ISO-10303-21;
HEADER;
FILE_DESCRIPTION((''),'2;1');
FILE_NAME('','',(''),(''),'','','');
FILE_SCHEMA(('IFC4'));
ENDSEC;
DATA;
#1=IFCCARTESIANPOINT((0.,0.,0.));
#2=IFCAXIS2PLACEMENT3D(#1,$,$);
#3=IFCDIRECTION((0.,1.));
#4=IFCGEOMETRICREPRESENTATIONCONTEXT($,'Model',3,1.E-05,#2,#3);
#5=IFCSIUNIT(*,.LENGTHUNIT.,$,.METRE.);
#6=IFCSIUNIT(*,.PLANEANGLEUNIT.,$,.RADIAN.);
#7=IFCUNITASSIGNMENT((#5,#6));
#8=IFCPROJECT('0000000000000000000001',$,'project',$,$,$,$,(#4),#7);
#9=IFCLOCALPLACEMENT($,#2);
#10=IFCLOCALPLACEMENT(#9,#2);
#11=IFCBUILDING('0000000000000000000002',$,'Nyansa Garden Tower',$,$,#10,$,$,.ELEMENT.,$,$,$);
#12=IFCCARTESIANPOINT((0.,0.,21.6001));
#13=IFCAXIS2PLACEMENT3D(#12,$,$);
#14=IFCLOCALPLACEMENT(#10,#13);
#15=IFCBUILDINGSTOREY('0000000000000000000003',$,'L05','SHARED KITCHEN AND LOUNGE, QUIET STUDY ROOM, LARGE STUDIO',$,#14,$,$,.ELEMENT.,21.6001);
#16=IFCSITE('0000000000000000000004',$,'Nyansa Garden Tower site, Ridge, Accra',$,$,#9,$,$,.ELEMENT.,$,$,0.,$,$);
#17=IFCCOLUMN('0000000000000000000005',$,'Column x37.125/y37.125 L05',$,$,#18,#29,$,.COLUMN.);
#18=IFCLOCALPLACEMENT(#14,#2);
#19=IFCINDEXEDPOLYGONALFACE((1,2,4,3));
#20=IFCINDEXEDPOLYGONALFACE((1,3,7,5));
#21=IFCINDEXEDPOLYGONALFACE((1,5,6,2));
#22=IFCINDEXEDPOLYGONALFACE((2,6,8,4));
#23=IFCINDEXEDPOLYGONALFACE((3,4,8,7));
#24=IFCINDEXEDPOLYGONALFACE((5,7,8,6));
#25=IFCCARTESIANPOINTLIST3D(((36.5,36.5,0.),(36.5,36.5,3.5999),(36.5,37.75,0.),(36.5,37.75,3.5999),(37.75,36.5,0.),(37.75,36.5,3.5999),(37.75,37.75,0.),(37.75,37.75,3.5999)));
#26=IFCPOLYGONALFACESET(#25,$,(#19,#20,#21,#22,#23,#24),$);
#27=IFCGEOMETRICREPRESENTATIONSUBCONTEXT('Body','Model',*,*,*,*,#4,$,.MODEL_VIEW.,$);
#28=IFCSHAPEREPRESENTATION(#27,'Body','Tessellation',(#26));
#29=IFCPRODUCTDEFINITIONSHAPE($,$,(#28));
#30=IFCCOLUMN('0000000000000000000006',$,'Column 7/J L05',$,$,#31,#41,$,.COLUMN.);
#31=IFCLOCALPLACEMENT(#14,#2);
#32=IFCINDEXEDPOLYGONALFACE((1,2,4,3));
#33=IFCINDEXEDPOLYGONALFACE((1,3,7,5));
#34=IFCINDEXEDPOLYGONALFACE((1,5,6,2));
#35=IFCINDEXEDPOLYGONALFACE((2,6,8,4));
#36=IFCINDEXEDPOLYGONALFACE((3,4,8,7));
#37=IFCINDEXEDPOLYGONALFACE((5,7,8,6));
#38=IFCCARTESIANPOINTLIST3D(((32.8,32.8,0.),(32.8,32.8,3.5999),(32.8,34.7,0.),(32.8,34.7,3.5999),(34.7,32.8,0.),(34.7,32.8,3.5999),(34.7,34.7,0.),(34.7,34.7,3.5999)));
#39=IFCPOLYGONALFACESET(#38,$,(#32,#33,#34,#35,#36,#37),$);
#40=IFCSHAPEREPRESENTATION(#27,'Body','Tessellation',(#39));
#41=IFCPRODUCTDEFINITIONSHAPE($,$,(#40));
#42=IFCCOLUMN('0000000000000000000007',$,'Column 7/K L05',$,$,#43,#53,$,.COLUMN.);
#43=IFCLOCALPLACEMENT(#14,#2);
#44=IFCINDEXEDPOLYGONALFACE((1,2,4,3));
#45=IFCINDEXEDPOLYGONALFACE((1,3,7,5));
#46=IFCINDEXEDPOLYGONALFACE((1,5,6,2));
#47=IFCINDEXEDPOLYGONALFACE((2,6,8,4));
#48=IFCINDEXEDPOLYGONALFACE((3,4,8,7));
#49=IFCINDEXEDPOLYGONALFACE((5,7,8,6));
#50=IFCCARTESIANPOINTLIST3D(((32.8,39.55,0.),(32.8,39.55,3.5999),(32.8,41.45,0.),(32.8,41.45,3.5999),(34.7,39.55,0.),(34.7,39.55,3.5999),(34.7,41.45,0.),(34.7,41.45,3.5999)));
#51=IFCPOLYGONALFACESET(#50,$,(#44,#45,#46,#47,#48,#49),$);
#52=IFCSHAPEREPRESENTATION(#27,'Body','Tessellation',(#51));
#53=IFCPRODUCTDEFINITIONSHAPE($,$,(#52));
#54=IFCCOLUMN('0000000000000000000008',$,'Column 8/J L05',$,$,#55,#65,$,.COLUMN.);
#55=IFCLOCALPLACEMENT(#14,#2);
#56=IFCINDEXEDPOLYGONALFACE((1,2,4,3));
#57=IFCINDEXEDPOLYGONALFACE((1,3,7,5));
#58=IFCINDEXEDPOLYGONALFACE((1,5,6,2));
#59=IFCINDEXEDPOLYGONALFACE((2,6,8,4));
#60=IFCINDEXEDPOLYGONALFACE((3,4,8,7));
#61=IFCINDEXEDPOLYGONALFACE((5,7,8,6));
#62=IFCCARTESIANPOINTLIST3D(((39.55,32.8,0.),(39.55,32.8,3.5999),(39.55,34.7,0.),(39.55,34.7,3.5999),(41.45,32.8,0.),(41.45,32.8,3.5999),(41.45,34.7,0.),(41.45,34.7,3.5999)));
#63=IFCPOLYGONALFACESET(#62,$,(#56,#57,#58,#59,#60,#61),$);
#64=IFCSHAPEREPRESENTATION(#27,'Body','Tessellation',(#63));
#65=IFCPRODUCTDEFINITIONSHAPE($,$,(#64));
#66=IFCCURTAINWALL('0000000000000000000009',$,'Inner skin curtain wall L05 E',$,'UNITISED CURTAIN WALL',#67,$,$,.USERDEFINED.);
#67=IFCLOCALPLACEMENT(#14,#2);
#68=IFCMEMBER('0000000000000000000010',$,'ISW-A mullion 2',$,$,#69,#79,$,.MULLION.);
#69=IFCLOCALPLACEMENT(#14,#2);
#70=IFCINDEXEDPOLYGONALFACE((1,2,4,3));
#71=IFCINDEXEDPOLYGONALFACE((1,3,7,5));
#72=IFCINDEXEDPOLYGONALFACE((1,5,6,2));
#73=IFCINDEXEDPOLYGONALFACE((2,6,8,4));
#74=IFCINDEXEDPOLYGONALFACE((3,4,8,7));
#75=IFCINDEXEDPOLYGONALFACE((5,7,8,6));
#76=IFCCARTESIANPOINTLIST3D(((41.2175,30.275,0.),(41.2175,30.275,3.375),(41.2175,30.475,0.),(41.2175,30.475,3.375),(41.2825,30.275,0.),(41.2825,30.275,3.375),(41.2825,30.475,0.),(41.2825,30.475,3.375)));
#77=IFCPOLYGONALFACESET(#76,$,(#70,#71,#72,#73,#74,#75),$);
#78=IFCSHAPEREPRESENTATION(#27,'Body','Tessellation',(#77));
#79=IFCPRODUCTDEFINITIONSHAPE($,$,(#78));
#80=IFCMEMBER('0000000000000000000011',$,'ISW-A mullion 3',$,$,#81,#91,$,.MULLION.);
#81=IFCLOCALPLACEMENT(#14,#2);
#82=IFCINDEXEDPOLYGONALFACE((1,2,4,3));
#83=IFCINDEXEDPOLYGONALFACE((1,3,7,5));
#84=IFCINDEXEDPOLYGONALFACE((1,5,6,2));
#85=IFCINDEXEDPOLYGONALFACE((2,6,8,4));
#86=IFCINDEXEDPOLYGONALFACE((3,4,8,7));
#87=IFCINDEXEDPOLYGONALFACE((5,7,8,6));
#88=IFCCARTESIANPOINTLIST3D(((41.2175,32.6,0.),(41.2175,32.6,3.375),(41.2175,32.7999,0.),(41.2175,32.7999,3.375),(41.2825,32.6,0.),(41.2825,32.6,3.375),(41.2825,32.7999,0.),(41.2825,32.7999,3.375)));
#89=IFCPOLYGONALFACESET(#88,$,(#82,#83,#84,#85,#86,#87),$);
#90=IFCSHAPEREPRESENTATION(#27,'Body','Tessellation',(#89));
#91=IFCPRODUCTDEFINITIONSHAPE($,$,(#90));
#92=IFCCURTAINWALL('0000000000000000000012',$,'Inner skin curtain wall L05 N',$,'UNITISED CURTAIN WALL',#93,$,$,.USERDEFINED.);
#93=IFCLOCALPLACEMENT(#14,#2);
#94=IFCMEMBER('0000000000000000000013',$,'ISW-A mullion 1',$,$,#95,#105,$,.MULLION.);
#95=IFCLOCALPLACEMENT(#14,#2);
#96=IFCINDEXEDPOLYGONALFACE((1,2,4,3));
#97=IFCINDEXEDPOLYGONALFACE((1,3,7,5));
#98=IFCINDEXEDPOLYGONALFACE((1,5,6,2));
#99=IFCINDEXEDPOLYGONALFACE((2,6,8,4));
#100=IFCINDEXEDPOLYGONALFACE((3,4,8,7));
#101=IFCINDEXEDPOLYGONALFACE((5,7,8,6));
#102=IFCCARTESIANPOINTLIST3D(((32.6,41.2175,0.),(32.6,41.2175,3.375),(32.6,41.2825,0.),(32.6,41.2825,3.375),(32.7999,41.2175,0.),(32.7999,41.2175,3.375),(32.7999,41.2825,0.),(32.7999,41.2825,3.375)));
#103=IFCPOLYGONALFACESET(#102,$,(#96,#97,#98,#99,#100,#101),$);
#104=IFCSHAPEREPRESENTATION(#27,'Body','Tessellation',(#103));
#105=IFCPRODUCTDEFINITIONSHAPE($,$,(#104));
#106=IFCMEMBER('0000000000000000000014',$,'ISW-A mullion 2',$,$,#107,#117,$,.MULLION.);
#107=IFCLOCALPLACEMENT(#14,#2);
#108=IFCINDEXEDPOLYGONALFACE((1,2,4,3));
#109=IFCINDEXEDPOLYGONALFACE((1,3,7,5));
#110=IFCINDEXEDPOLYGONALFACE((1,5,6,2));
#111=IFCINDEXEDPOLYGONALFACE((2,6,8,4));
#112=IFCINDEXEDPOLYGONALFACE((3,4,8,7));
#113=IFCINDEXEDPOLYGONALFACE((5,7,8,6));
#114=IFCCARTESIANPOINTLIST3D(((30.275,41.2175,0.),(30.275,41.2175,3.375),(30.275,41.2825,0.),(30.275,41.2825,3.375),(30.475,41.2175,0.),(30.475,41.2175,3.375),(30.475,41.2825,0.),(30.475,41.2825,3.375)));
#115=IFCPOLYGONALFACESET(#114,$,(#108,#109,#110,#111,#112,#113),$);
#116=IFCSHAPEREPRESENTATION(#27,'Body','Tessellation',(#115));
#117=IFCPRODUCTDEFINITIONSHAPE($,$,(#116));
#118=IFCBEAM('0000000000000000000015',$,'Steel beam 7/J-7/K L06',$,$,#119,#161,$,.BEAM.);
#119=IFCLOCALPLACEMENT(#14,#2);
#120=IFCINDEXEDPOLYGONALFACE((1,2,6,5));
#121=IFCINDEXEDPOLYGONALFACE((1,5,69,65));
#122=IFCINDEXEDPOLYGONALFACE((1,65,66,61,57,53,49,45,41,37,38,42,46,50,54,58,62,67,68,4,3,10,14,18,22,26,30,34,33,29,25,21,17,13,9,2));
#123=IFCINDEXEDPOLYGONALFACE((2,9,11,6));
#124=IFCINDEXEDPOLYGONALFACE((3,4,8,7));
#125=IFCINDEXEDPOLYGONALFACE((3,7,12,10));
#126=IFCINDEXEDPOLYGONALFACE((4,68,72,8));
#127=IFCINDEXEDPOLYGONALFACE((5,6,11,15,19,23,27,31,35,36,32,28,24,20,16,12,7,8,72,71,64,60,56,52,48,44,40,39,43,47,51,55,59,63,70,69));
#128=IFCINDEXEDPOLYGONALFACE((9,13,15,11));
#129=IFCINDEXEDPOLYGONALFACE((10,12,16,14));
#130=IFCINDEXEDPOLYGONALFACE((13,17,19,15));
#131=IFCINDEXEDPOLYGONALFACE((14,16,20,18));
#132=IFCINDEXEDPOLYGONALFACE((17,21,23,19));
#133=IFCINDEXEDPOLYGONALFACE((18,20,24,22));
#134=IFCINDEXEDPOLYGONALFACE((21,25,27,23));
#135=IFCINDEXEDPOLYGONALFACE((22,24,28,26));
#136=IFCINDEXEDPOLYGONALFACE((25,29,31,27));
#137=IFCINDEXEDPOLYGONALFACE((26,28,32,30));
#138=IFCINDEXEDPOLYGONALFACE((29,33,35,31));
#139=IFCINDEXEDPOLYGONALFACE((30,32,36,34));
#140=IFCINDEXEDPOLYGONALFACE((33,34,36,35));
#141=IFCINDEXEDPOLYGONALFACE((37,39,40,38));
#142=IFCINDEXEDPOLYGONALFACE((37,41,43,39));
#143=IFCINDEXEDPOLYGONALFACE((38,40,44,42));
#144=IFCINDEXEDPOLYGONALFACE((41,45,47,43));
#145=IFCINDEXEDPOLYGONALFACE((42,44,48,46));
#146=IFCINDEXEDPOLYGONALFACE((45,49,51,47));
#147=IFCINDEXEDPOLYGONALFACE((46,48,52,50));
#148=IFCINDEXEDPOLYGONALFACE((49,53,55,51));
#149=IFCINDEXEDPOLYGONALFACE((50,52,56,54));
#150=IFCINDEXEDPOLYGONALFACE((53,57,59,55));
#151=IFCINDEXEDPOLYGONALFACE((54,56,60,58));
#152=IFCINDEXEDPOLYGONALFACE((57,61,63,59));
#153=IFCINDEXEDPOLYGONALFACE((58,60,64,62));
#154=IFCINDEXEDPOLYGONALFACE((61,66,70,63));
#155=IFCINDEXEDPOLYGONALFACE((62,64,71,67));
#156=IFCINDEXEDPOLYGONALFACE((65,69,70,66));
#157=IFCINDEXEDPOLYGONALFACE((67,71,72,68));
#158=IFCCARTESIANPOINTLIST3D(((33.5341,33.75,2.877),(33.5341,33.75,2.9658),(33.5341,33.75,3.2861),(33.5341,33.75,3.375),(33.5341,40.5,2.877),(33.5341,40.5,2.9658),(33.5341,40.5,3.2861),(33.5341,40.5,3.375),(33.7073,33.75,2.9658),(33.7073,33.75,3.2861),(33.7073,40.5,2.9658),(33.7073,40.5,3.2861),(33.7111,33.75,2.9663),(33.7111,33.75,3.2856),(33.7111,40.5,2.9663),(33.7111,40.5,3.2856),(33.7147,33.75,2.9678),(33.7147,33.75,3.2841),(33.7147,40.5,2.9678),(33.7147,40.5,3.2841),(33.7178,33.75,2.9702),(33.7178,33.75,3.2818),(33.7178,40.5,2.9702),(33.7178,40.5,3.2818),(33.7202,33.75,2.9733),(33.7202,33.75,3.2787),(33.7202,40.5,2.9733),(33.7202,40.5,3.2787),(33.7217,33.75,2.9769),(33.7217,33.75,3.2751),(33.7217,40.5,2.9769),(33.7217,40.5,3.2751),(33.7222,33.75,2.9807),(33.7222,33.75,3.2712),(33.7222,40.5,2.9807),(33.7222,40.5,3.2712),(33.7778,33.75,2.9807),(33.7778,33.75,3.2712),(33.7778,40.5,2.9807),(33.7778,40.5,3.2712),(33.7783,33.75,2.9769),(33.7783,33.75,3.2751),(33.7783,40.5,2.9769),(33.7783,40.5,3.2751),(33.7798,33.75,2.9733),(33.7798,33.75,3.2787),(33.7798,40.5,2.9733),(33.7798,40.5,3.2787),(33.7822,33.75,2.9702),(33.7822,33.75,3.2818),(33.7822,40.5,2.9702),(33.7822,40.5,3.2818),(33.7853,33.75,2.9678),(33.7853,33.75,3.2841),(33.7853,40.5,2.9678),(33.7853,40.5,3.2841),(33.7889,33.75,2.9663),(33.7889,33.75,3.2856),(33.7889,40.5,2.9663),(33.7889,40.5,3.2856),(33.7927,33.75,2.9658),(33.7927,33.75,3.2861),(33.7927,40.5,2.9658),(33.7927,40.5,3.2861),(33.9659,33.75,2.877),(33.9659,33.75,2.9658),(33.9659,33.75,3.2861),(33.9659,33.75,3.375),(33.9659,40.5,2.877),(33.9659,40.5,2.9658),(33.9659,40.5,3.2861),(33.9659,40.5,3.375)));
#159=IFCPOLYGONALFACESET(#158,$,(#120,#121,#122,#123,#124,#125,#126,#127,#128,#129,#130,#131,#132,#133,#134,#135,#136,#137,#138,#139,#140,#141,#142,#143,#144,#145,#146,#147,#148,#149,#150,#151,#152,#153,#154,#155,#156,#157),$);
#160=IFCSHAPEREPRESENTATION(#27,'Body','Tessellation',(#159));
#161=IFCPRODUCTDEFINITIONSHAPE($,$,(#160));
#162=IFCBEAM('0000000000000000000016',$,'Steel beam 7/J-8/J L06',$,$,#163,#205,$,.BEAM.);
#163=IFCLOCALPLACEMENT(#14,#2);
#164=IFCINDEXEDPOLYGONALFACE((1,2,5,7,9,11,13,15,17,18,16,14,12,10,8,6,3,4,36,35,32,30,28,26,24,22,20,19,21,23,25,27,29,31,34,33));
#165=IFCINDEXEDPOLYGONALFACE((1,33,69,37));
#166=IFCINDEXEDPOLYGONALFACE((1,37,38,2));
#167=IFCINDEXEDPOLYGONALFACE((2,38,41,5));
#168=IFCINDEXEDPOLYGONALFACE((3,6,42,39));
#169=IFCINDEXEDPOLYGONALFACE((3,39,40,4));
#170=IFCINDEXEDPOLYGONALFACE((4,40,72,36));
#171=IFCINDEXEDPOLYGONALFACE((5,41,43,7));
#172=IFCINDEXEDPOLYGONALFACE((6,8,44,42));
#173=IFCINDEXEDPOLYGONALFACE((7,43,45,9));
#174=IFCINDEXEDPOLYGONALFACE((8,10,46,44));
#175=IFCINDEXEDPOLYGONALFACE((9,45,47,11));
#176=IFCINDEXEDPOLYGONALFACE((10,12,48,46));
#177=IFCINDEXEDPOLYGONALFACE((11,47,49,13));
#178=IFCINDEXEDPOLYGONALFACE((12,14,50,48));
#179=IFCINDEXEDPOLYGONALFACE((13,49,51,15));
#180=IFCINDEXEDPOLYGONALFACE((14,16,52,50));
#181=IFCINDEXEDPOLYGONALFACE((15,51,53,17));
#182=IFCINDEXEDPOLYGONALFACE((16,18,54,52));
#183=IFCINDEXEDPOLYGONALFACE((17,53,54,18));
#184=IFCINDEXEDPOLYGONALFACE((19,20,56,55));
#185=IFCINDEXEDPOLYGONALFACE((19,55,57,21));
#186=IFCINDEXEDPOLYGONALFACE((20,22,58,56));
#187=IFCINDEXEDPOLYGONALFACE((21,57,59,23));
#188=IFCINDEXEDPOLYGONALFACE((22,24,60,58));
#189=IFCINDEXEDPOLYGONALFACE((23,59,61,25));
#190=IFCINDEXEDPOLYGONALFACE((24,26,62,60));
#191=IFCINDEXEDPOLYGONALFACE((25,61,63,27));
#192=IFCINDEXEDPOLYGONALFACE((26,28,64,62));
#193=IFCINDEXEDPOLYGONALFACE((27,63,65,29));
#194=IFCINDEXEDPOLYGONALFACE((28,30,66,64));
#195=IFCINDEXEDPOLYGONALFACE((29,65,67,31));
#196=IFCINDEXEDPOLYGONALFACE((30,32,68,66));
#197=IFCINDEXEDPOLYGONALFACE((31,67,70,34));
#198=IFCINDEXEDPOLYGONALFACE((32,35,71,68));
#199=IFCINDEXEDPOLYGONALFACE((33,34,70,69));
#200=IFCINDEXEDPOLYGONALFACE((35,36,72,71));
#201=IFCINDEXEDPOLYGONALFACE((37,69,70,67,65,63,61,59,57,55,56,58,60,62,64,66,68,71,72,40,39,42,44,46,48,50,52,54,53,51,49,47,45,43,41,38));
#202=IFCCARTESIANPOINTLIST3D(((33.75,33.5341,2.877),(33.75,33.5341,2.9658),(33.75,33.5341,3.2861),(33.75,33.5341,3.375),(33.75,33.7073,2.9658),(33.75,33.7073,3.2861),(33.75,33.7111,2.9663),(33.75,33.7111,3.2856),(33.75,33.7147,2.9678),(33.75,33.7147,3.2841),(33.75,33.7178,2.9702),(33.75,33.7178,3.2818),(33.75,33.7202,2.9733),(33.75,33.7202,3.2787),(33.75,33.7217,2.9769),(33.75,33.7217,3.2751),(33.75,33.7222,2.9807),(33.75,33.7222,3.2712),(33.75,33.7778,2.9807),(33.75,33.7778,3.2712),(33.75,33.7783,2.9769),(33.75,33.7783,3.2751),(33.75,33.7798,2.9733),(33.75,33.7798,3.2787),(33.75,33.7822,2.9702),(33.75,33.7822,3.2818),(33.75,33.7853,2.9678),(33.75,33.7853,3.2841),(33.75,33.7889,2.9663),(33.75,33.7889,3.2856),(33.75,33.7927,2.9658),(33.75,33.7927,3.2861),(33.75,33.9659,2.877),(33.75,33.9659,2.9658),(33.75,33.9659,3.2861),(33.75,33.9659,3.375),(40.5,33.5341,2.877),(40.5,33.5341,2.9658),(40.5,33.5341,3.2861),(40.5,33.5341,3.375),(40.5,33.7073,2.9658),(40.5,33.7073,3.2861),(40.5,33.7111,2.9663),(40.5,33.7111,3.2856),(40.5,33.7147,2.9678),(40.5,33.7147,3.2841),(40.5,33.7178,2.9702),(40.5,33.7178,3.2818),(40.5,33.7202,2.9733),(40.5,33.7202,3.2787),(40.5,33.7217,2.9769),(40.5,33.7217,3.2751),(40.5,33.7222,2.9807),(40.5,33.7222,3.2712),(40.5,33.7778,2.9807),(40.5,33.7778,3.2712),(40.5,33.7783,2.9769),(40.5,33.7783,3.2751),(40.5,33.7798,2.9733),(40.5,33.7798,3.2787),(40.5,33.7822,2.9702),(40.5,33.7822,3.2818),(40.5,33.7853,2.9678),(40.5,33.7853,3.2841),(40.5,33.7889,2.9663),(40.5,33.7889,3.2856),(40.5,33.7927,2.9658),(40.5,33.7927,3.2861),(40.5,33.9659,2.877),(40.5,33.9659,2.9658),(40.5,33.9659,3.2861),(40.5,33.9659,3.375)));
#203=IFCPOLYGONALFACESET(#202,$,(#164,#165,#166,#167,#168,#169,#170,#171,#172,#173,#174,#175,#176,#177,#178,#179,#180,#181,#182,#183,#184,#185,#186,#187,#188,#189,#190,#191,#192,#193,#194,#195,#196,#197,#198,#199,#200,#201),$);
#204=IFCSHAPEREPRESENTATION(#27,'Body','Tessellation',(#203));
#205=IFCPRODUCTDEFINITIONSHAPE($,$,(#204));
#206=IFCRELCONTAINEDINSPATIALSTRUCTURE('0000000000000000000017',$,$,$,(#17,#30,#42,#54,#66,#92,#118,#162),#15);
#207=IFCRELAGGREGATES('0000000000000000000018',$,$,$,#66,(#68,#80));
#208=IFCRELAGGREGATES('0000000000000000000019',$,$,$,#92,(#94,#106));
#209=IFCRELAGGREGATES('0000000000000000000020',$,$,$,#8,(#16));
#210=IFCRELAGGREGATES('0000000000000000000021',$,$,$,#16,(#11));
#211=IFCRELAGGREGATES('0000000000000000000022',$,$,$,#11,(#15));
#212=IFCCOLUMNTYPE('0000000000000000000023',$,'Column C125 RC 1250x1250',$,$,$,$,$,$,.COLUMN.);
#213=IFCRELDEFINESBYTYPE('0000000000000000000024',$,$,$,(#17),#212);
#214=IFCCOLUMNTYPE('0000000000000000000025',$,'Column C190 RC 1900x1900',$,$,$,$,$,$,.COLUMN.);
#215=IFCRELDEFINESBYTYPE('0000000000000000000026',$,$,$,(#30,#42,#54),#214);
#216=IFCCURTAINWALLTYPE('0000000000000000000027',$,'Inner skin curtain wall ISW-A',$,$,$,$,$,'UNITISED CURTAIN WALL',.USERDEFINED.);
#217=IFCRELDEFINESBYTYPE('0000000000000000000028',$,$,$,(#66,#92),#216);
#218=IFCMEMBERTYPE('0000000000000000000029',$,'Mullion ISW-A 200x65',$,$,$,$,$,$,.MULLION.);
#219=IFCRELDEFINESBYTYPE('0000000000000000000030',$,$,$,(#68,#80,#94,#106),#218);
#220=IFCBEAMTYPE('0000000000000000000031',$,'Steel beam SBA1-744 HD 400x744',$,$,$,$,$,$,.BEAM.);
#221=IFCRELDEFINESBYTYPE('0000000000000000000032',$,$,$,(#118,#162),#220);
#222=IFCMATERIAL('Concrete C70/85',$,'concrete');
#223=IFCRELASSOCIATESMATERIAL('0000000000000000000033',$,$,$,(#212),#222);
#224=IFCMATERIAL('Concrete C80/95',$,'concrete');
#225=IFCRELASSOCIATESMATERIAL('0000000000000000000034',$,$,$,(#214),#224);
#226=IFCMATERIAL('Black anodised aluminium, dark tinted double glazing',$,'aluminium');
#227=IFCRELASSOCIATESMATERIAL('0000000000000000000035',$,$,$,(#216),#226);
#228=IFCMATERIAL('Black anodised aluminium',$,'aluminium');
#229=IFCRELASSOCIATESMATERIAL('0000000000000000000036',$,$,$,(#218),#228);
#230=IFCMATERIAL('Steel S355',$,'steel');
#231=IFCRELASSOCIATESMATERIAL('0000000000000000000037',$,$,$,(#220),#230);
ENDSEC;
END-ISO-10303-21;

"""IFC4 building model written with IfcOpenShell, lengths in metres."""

from ifc_helpers import new_model, si_unit, direction, frame, origin, origin_2d, place, context, subcontext, project, spatial, rectangle, i_section, extrude, material, material_profile, profile_set, type_object, element, aggregate, save


model = new_model("IFC4")

# Units and contexts
model_context = context("Model", 3, precision=1e-05, world=origin(), true_north=direction((0.0, 1.0)))
body_context = subcontext(model_context, "Body", "Model", "MODEL_VIEW")
ifc_project = project(units=[si_unit("LENGTHUNIT", "METRE"), si_unit("PLANEANGLEUNIT", "RADIAN")], contexts=[model_context])

# Site, building, storey
site_placement = place(None, origin())
site = spatial("IfcSite", under=ifc_project, at=site_placement, Name="Nyansa Garden Tower site, Ridge, Accra", CompositionType="ELEMENT", RefElevation=0.0)
building_placement = place(site_placement, origin())
building = spatial("IfcBuilding", under=site, at=building_placement, Name="Nyansa Garden Tower", CompositionType="ELEMENT")
storey_placement = place(building_placement, frame((0.0, 0.0, 21.6001)))
storey = spatial("IfcBuildingStorey", under=building, at=storey_placement, Name="L05", Description="SHARED KITCHEN AND LOUNGE, QUIET STUDY ROOM, LARGE STUDIO", CompositionType="ELEMENT", Elevation=21.6001)

# Columns
ifc_material_1 = material(Name="Concrete C70/85", Category="concrete")
ifc_material_profile_1 = material_profile(ifc_material_1, rectangle(XDim=1.25, YDim=1.25, at=origin_2d()), Name="RC 1250x1250")
ifc_profile_set_1 = profile_set([ifc_material_profile_1], Name="Concrete C70/85")
column_type_1 = type_object("IfcColumnType", Name="Column C125 RC 1250x1250", PredefinedType="COLUMN", material=ifc_profile_set_1)
column_placement = place(storey_placement, frame((37.125, 37.125, 0.0), z_axis=(0.0, 0.0, 1.0), x_axis=(1.0, 0.0, 0.0)))
element("IfcColumn", 1, at=column_placement, inside=storey, type_object=column_type_1, Name="Column x37.125/y37.125 L05", PredefinedType="COLUMN", context=body_context, shape_type="SweptSolid", body=[
    extrude(rectangle(XDim=1.25, YDim=1.25, at=origin_2d()), origin(), (0.0, 0.0, 1.0), 3.5999),
])
ifc_material_2 = material(Name="Concrete C80/95", Category="concrete")
ifc_material_profile_2 = material_profile(ifc_material_2, rectangle(XDim=1.8999, YDim=1.8999, at=origin_2d()), Name="RC 1900x1900")
ifc_profile_set_2 = profile_set([ifc_material_profile_2], Name="Concrete C80/95")
column_type_2 = type_object("IfcColumnType", Name="Column C190 RC 1900x1900", PredefinedType="COLUMN", material=ifc_profile_set_2)
for number, where, z_axis, x_axis, name in (
    (2, (33.75, 33.75, 0.0), (0.0, 0.0, 1.0), (1.0, 0.0, 0.0), "Column 7/J L05"),
    (3, (33.75, 40.5, 0.0), (0.0, 0.0, 1.0), (1.0, 0.0, 0.0), "Column 7/K L05"),
    (4, (40.5, 33.75, 0.0), (0.0, 0.0, 1.0), (1.0, 0.0, 0.0), "Column 8/J L05"),
):
    element("IfcColumn", number, at=place(storey_placement, frame(where, z_axis=z_axis, x_axis=x_axis)), inside=storey, type_object=column_type_2, Name=name, PredefinedType="COLUMN", context=body_context, shape_type="SweptSolid", body=[
        extrude(rectangle(XDim=1.8999, YDim=1.8999, at=origin_2d()), origin(), (0.0, 0.0, 1.0), 3.5999),
    ])

# Curtain walls, members
ifc_material_3 = material(Name="Black anodised aluminium, dark tinted double glazing", Category="aluminium")
curtain_wall_type = type_object("IfcCurtainWallType", Name="Inner skin curtain wall ISW-A", ElementType="UNITISED CURTAIN WALL", PredefinedType="USERDEFINED", material=ifc_material_3)
curtain_wall_1_placement = place(storey_placement, origin())
curtain_wall_1 = element("IfcCurtainWall", 5, at=curtain_wall_1_placement, inside=storey, type_object=curtain_wall_type, Name="Inner skin curtain wall L05 E", ObjectType="UNITISED CURTAIN WALL", PredefinedType="USERDEFINED")
ifc_material_4 = material(Name="Black anodised aluminium", Category="aluminium")
ifc_material_profile_3 = material_profile(ifc_material_4, rectangle(XDim=0.0649, YDim=0.2, at=origin_2d()), Name="Mullion 200x65")
ifc_profile_set_3 = profile_set([ifc_material_profile_3], Name="Black anodised aluminium")
member_type_1 = type_object("IfcMemberType", Name="Mullion ISW-A 200x65", PredefinedType="MULLION", material=ifc_profile_set_3)
member_1_placement = place(storey_placement, frame((41.25, 30.375, 0.0), z_axis=(0.0, 0.0, 1.0), x_axis=(-1.0, 0.0, 0.0)))
member_1 = element("IfcMember", 6, at=member_1_placement, type_object=member_type_1, Name="ISW-A mullion 2", PredefinedType="MULLION", context=body_context, shape_type="SweptSolid", body=[
    extrude(rectangle(XDim=0.0649, YDim=0.2, at=origin_2d()), origin(), (0.0, 0.0, 1.0), 3.375),
])
member_2_placement = place(storey_placement, frame((41.25, 32.7, 0.0), z_axis=(0.0, 0.0, 1.0), x_axis=(-1.0, 0.0, 0.0)))
member_2 = element("IfcMember", 7, at=member_2_placement, type_object=member_type_1, Name="ISW-A mullion 3", PredefinedType="MULLION", context=body_context, shape_type="SweptSolid", body=[
    extrude(rectangle(XDim=0.0649, YDim=0.2, at=origin_2d()), origin(), (0.0, 0.0, 1.0), 3.375),
])
curtain_wall_2_placement = place(storey_placement, origin())
curtain_wall_2 = element("IfcCurtainWall", 8, at=curtain_wall_2_placement, inside=storey, type_object=curtain_wall_type, Name="Inner skin curtain wall L05 N", ObjectType="UNITISED CURTAIN WALL", PredefinedType="USERDEFINED")
member_3_placement = place(storey_placement, frame((32.7, 41.25, 0.0), z_axis=(0.0, 0.0, 1.0), x_axis=(0.0, -1.0, 0.0)))
member_3 = element("IfcMember", 9, at=member_3_placement, type_object=member_type_1, Name="ISW-A mullion 1", PredefinedType="MULLION", context=body_context, shape_type="SweptSolid", body=[
    extrude(rectangle(XDim=0.0649, YDim=0.2, at=origin_2d()), origin(), (0.0, 0.0, 1.0), 3.375),
])
member_4_placement = place(storey_placement, frame((30.375, 41.25, 0.0), z_axis=(0.0, 0.0, 1.0), x_axis=(0.0, -1.0, 0.0)))
member_4 = element("IfcMember", 10, at=member_4_placement, type_object=member_type_1, Name="ISW-A mullion 2", PredefinedType="MULLION", context=body_context, shape_type="SweptSolid", body=[
    extrude(rectangle(XDim=0.0649, YDim=0.2, at=origin_2d()), origin(), (0.0, 0.0, 1.0), 3.375),
])

# Beams
ifc_material_5 = material(Name="Steel S355", Category="steel")
ifc_material_profile_4 = material_profile(ifc_material_5, i_section(OverallWidth=0.4319, OverallDepth=0.498, WebThickness=0.0557, FlangeThickness=0.0889, FilletRadius=0.0149, at=origin_2d()), Name="HD 400x744")
ifc_profile_set_4 = profile_set([ifc_material_profile_4], Name="Steel S355")
beam_type_1 = type_object("IfcBeamType", Name="Steel beam SBA1-744 HD 400x744", PredefinedType="BEAM", material=ifc_profile_set_4)
for number, where, z_axis, x_axis, name in (
    (11, (33.75, 33.75, 3.126), (0.0, 1.0, 0.0), (-1.0, 0.0, 0.0), "Steel beam 7/J-7/K L06"),
    (12, (33.75, 33.75, 3.126), (1.0, 0.0, 0.0), (0.0, 1.0, 0.0), "Steel beam 7/J-8/J L06"),
):
    element("IfcBeam", number, at=place(storey_placement, frame(where, z_axis=z_axis, x_axis=x_axis)), inside=storey, type_object=beam_type_1, Name=name, PredefinedType="BEAM", context=body_context, shape_type="SweptSolid", body=[
        extrude(i_section(OverallWidth=0.4319, OverallDepth=0.498, WebThickness=0.0557, FlangeThickness=0.0889, FilletRadius=0.0149, at=origin_2d()), origin(), (0.0, 0.0, 1.0), 6.75),
    ])

aggregate(curtain_wall_1, [member_1, member_2])
aggregate(curtain_wall_2, [member_3, member_4])

save(model, "model.ifc")
